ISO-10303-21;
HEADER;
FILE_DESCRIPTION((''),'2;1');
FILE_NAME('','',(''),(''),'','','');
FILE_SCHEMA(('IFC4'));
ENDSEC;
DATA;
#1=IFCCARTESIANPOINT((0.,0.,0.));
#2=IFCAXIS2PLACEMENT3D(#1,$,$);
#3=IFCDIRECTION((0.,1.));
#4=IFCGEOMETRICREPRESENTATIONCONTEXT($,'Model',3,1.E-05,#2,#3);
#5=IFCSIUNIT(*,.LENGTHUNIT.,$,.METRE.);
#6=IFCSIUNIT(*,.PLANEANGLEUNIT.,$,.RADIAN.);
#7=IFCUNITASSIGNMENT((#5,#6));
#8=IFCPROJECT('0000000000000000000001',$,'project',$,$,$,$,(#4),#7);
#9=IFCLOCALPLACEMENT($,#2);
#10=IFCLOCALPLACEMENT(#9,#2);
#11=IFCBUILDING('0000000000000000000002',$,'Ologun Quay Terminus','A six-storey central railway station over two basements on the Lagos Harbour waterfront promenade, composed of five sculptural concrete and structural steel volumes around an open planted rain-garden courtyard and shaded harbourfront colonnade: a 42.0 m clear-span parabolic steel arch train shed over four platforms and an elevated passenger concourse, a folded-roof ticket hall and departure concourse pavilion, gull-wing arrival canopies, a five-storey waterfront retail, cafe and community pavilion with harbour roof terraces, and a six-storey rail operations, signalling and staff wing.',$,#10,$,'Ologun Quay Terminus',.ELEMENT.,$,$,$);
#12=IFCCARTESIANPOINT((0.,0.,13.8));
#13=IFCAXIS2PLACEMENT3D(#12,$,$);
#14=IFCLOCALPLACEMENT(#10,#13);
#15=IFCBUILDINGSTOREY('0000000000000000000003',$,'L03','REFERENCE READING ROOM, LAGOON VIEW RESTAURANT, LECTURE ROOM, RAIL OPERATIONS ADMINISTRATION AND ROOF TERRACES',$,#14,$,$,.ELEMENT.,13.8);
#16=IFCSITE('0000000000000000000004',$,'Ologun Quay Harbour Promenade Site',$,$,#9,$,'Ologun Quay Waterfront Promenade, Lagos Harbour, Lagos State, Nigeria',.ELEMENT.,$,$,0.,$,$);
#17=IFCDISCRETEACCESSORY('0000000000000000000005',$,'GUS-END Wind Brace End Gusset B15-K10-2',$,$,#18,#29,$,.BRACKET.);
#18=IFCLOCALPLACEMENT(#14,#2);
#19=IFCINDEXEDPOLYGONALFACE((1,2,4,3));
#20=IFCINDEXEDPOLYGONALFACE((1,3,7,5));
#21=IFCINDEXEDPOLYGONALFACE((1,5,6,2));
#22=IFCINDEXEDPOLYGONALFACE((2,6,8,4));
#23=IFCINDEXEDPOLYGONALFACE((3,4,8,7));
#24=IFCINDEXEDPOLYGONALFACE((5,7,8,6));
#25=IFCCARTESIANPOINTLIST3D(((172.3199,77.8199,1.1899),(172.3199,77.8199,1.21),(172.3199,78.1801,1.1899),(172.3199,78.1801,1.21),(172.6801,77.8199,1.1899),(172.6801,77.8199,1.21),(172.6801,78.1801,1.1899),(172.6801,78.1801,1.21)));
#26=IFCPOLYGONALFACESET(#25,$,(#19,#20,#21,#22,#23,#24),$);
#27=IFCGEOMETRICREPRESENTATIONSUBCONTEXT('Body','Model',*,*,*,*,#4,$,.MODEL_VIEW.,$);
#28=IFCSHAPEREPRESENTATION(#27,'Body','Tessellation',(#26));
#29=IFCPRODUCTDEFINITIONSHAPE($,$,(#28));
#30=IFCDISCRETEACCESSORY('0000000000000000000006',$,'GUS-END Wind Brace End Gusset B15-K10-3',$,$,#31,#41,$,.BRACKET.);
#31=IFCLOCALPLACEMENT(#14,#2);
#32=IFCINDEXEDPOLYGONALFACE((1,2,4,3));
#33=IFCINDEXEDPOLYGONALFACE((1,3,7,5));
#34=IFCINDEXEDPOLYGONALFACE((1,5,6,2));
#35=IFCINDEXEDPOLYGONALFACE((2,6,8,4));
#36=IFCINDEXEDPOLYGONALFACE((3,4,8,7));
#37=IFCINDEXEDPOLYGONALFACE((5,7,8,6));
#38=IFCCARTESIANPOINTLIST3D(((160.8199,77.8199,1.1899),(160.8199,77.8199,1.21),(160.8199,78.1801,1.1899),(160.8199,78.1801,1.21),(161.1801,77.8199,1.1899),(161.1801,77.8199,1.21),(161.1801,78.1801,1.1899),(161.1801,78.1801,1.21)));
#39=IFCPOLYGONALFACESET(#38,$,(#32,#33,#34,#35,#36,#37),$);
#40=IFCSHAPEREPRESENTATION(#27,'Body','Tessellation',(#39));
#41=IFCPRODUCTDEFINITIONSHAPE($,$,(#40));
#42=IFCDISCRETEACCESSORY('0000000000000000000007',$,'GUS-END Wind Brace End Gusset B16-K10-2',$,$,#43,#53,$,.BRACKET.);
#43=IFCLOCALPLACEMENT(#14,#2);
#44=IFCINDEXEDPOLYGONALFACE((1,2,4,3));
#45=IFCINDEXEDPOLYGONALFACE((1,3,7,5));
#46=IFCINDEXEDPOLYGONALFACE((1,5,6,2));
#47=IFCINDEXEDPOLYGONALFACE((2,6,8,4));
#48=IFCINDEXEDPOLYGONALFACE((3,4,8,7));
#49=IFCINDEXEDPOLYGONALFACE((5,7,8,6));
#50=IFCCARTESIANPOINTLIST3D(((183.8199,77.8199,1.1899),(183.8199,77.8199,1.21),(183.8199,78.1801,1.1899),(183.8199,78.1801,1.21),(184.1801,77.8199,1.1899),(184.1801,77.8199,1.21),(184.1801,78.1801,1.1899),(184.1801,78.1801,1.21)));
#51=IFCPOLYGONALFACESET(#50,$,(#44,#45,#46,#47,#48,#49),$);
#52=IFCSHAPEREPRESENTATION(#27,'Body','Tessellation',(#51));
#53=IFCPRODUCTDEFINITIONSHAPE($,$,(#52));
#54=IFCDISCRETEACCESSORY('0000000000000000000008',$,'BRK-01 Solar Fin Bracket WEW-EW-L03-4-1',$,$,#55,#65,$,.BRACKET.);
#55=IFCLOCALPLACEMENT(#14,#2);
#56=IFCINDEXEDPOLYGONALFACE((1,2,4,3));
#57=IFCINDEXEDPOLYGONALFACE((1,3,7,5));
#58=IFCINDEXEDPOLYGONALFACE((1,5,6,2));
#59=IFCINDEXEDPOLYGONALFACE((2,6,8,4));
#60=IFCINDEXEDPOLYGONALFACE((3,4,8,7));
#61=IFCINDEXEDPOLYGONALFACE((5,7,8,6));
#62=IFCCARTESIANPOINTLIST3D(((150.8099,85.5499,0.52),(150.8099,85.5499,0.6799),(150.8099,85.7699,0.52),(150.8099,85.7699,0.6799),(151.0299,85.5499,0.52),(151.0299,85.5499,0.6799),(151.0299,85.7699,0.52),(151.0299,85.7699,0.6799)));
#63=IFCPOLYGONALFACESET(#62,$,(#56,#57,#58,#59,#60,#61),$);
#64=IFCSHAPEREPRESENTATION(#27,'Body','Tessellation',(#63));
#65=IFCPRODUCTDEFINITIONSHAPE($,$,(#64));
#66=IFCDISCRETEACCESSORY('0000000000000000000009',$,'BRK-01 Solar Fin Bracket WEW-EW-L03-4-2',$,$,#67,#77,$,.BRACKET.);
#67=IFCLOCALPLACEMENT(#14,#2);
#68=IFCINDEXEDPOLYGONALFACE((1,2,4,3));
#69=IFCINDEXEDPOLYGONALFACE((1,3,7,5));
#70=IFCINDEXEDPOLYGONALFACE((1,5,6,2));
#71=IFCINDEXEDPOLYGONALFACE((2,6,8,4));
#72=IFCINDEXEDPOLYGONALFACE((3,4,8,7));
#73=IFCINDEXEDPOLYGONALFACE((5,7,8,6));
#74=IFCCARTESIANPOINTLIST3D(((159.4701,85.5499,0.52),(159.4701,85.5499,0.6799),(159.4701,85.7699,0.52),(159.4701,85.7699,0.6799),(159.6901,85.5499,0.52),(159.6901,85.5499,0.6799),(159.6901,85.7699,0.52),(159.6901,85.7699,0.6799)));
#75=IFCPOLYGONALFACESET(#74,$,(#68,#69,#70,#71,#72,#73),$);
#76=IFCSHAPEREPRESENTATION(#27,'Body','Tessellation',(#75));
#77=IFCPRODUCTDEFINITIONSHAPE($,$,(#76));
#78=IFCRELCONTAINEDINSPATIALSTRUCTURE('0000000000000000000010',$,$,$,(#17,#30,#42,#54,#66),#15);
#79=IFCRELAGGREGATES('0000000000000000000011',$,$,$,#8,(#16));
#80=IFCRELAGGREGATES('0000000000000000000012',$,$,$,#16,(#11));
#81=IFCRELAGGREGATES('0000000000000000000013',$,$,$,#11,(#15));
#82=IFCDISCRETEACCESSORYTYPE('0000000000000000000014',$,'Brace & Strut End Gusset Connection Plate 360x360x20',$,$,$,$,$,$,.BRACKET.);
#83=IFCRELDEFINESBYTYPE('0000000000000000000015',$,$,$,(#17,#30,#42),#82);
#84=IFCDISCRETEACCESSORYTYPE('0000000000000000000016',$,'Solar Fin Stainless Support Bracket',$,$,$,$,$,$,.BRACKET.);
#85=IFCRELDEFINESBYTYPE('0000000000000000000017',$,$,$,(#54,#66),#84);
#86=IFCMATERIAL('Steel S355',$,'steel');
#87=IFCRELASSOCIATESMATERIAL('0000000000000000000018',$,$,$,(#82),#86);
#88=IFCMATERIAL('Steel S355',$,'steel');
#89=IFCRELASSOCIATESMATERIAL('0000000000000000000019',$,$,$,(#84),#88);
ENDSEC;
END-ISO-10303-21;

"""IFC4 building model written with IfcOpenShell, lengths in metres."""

from ifc_helpers import new_model, si_unit, direction, frame, origin, origin_2d, place, context, subcontext, project, spatial, rectangle, extrude, material, type_object, element, save


model = new_model("IFC4")

# Units and contexts
model_context = context("Model", 3, precision=1e-05, world=origin(), true_north=direction((0.0, 1.0)))
body_context = subcontext(model_context, "Body", "Model", "MODEL_VIEW")
ifc_project = project(units=[si_unit("LENGTHUNIT", "METRE"), si_unit("PLANEANGLEUNIT", "RADIAN")], contexts=[model_context])

# Site, building, storey
site_placement = place(None, origin())
site = spatial("IfcSite", under=ifc_project, at=site_placement, Name="Ologun Quay Harbour Promenade Site", LongName="Ologun Quay Waterfront Promenade, Lagos Harbour, Lagos State, Nigeria", CompositionType="ELEMENT", RefElevation=0.0)
building_placement = place(site_placement, origin())
building = spatial("IfcBuilding", under=site, at=building_placement, Name="Ologun Quay Terminus", Description="A six-storey central railway station over two basements on the Lagos Harbour waterfront promenade, composed of five sculptural concrete and structural steel volumes around an open planted rain-garden courtyard and shaded harbourfront colonnade: a 42.0 m clear-span parabolic steel arch train shed over four platforms and an elevated passenger concourse, a folded-roof ticket hall and departure concourse pavilion, gull-wing arrival canopies, a five-storey waterfront retail, cafe and community pavilion with harbour roof terraces, and a six-storey rail operations, signalling and staff wing.", LongName="Ologun Quay Terminus", CompositionType="ELEMENT")
storey_placement = place(building_placement, frame((0.0, 0.0, 13.8)))
storey = spatial("IfcBuildingStorey", under=building, at=storey_placement, Name="L03", Description="REFERENCE READING ROOM, LAGOON VIEW RESTAURANT, LECTURE ROOM, RAIL OPERATIONS ADMINISTRATION AND ROOF TERRACES", CompositionType="ELEMENT", Elevation=13.8)

# Discrete accessories
ifc_material_1 = material(Name="Steel S355", Category="steel")
discrete_accessory_type_1 = type_object("IfcDiscreteAccessoryType", Name="Brace & Strut End Gusset Connection Plate 360x360x20", PredefinedType="BRACKET", material=ifc_material_1)
for number, where, z_axis, x_axis, name in (
    (1, (172.5, 78.0, 1.1899), (0.0, 0.0, 1.0), (1.0, 0.0, 0.0), "GUS-END Wind Brace End Gusset B15-K10-2"),
    (2, (161.0, 78.0, 1.1899), (0.0, 0.0, 1.0), (1.0, 0.0, 0.0), "GUS-END Wind Brace End Gusset B15-K10-3"),
    (3, (184.0, 78.0, 1.1899), (0.0, 0.0, 1.0), (1.0, 0.0, 0.0), "GUS-END Wind Brace End Gusset B16-K10-2"),
):
    element("IfcDiscreteAccessory", number, at=place(storey_placement, frame(where, z_axis=z_axis, x_axis=x_axis)), inside=storey, type_object=discrete_accessory_type_1, Name=name, PredefinedType="BRACKET", context=body_context, shape_type="SweptSolid", body=[
        extrude(rectangle(XDim=0.3601, YDim=0.3601, at=origin_2d()), origin(), (0.0, 0.0, 1.0), 0.02),
    ])
ifc_material_2 = material(Name="Steel S355", Category="steel")
discrete_accessory_type_2 = type_object("IfcDiscreteAccessoryType", Name="Solar Fin Stainless Support Bracket", PredefinedType="BRACKET", material=ifc_material_2)
for number, where, z_axis, x_axis, name in (
    (4, (150.9199, 85.6599, 0.52), (0.0, 0.0, 1.0), (1.0, 0.0, 0.0), "BRK-01 Solar Fin Bracket WEW-EW-L03-4-1"),
    (5, (159.5801, 85.6599, 0.52), (0.0, 0.0, 1.0), (1.0, 0.0, 0.0), "BRK-01 Solar Fin Bracket WEW-EW-L03-4-2"),
):
    element("IfcDiscreteAccessory", number, at=place(storey_placement, frame(where, z_axis=z_axis, x_axis=x_axis)), inside=storey, type_object=discrete_accessory_type_2, Name=name, PredefinedType="BRACKET", context=body_context, shape_type="SweptSolid", body=[
        extrude(rectangle(XDim=0.22, YDim=0.22, at=origin_2d()), origin(), (0.0, 0.0, 1.0), 0.1599),
    ])

save(model, "model.ifc")
